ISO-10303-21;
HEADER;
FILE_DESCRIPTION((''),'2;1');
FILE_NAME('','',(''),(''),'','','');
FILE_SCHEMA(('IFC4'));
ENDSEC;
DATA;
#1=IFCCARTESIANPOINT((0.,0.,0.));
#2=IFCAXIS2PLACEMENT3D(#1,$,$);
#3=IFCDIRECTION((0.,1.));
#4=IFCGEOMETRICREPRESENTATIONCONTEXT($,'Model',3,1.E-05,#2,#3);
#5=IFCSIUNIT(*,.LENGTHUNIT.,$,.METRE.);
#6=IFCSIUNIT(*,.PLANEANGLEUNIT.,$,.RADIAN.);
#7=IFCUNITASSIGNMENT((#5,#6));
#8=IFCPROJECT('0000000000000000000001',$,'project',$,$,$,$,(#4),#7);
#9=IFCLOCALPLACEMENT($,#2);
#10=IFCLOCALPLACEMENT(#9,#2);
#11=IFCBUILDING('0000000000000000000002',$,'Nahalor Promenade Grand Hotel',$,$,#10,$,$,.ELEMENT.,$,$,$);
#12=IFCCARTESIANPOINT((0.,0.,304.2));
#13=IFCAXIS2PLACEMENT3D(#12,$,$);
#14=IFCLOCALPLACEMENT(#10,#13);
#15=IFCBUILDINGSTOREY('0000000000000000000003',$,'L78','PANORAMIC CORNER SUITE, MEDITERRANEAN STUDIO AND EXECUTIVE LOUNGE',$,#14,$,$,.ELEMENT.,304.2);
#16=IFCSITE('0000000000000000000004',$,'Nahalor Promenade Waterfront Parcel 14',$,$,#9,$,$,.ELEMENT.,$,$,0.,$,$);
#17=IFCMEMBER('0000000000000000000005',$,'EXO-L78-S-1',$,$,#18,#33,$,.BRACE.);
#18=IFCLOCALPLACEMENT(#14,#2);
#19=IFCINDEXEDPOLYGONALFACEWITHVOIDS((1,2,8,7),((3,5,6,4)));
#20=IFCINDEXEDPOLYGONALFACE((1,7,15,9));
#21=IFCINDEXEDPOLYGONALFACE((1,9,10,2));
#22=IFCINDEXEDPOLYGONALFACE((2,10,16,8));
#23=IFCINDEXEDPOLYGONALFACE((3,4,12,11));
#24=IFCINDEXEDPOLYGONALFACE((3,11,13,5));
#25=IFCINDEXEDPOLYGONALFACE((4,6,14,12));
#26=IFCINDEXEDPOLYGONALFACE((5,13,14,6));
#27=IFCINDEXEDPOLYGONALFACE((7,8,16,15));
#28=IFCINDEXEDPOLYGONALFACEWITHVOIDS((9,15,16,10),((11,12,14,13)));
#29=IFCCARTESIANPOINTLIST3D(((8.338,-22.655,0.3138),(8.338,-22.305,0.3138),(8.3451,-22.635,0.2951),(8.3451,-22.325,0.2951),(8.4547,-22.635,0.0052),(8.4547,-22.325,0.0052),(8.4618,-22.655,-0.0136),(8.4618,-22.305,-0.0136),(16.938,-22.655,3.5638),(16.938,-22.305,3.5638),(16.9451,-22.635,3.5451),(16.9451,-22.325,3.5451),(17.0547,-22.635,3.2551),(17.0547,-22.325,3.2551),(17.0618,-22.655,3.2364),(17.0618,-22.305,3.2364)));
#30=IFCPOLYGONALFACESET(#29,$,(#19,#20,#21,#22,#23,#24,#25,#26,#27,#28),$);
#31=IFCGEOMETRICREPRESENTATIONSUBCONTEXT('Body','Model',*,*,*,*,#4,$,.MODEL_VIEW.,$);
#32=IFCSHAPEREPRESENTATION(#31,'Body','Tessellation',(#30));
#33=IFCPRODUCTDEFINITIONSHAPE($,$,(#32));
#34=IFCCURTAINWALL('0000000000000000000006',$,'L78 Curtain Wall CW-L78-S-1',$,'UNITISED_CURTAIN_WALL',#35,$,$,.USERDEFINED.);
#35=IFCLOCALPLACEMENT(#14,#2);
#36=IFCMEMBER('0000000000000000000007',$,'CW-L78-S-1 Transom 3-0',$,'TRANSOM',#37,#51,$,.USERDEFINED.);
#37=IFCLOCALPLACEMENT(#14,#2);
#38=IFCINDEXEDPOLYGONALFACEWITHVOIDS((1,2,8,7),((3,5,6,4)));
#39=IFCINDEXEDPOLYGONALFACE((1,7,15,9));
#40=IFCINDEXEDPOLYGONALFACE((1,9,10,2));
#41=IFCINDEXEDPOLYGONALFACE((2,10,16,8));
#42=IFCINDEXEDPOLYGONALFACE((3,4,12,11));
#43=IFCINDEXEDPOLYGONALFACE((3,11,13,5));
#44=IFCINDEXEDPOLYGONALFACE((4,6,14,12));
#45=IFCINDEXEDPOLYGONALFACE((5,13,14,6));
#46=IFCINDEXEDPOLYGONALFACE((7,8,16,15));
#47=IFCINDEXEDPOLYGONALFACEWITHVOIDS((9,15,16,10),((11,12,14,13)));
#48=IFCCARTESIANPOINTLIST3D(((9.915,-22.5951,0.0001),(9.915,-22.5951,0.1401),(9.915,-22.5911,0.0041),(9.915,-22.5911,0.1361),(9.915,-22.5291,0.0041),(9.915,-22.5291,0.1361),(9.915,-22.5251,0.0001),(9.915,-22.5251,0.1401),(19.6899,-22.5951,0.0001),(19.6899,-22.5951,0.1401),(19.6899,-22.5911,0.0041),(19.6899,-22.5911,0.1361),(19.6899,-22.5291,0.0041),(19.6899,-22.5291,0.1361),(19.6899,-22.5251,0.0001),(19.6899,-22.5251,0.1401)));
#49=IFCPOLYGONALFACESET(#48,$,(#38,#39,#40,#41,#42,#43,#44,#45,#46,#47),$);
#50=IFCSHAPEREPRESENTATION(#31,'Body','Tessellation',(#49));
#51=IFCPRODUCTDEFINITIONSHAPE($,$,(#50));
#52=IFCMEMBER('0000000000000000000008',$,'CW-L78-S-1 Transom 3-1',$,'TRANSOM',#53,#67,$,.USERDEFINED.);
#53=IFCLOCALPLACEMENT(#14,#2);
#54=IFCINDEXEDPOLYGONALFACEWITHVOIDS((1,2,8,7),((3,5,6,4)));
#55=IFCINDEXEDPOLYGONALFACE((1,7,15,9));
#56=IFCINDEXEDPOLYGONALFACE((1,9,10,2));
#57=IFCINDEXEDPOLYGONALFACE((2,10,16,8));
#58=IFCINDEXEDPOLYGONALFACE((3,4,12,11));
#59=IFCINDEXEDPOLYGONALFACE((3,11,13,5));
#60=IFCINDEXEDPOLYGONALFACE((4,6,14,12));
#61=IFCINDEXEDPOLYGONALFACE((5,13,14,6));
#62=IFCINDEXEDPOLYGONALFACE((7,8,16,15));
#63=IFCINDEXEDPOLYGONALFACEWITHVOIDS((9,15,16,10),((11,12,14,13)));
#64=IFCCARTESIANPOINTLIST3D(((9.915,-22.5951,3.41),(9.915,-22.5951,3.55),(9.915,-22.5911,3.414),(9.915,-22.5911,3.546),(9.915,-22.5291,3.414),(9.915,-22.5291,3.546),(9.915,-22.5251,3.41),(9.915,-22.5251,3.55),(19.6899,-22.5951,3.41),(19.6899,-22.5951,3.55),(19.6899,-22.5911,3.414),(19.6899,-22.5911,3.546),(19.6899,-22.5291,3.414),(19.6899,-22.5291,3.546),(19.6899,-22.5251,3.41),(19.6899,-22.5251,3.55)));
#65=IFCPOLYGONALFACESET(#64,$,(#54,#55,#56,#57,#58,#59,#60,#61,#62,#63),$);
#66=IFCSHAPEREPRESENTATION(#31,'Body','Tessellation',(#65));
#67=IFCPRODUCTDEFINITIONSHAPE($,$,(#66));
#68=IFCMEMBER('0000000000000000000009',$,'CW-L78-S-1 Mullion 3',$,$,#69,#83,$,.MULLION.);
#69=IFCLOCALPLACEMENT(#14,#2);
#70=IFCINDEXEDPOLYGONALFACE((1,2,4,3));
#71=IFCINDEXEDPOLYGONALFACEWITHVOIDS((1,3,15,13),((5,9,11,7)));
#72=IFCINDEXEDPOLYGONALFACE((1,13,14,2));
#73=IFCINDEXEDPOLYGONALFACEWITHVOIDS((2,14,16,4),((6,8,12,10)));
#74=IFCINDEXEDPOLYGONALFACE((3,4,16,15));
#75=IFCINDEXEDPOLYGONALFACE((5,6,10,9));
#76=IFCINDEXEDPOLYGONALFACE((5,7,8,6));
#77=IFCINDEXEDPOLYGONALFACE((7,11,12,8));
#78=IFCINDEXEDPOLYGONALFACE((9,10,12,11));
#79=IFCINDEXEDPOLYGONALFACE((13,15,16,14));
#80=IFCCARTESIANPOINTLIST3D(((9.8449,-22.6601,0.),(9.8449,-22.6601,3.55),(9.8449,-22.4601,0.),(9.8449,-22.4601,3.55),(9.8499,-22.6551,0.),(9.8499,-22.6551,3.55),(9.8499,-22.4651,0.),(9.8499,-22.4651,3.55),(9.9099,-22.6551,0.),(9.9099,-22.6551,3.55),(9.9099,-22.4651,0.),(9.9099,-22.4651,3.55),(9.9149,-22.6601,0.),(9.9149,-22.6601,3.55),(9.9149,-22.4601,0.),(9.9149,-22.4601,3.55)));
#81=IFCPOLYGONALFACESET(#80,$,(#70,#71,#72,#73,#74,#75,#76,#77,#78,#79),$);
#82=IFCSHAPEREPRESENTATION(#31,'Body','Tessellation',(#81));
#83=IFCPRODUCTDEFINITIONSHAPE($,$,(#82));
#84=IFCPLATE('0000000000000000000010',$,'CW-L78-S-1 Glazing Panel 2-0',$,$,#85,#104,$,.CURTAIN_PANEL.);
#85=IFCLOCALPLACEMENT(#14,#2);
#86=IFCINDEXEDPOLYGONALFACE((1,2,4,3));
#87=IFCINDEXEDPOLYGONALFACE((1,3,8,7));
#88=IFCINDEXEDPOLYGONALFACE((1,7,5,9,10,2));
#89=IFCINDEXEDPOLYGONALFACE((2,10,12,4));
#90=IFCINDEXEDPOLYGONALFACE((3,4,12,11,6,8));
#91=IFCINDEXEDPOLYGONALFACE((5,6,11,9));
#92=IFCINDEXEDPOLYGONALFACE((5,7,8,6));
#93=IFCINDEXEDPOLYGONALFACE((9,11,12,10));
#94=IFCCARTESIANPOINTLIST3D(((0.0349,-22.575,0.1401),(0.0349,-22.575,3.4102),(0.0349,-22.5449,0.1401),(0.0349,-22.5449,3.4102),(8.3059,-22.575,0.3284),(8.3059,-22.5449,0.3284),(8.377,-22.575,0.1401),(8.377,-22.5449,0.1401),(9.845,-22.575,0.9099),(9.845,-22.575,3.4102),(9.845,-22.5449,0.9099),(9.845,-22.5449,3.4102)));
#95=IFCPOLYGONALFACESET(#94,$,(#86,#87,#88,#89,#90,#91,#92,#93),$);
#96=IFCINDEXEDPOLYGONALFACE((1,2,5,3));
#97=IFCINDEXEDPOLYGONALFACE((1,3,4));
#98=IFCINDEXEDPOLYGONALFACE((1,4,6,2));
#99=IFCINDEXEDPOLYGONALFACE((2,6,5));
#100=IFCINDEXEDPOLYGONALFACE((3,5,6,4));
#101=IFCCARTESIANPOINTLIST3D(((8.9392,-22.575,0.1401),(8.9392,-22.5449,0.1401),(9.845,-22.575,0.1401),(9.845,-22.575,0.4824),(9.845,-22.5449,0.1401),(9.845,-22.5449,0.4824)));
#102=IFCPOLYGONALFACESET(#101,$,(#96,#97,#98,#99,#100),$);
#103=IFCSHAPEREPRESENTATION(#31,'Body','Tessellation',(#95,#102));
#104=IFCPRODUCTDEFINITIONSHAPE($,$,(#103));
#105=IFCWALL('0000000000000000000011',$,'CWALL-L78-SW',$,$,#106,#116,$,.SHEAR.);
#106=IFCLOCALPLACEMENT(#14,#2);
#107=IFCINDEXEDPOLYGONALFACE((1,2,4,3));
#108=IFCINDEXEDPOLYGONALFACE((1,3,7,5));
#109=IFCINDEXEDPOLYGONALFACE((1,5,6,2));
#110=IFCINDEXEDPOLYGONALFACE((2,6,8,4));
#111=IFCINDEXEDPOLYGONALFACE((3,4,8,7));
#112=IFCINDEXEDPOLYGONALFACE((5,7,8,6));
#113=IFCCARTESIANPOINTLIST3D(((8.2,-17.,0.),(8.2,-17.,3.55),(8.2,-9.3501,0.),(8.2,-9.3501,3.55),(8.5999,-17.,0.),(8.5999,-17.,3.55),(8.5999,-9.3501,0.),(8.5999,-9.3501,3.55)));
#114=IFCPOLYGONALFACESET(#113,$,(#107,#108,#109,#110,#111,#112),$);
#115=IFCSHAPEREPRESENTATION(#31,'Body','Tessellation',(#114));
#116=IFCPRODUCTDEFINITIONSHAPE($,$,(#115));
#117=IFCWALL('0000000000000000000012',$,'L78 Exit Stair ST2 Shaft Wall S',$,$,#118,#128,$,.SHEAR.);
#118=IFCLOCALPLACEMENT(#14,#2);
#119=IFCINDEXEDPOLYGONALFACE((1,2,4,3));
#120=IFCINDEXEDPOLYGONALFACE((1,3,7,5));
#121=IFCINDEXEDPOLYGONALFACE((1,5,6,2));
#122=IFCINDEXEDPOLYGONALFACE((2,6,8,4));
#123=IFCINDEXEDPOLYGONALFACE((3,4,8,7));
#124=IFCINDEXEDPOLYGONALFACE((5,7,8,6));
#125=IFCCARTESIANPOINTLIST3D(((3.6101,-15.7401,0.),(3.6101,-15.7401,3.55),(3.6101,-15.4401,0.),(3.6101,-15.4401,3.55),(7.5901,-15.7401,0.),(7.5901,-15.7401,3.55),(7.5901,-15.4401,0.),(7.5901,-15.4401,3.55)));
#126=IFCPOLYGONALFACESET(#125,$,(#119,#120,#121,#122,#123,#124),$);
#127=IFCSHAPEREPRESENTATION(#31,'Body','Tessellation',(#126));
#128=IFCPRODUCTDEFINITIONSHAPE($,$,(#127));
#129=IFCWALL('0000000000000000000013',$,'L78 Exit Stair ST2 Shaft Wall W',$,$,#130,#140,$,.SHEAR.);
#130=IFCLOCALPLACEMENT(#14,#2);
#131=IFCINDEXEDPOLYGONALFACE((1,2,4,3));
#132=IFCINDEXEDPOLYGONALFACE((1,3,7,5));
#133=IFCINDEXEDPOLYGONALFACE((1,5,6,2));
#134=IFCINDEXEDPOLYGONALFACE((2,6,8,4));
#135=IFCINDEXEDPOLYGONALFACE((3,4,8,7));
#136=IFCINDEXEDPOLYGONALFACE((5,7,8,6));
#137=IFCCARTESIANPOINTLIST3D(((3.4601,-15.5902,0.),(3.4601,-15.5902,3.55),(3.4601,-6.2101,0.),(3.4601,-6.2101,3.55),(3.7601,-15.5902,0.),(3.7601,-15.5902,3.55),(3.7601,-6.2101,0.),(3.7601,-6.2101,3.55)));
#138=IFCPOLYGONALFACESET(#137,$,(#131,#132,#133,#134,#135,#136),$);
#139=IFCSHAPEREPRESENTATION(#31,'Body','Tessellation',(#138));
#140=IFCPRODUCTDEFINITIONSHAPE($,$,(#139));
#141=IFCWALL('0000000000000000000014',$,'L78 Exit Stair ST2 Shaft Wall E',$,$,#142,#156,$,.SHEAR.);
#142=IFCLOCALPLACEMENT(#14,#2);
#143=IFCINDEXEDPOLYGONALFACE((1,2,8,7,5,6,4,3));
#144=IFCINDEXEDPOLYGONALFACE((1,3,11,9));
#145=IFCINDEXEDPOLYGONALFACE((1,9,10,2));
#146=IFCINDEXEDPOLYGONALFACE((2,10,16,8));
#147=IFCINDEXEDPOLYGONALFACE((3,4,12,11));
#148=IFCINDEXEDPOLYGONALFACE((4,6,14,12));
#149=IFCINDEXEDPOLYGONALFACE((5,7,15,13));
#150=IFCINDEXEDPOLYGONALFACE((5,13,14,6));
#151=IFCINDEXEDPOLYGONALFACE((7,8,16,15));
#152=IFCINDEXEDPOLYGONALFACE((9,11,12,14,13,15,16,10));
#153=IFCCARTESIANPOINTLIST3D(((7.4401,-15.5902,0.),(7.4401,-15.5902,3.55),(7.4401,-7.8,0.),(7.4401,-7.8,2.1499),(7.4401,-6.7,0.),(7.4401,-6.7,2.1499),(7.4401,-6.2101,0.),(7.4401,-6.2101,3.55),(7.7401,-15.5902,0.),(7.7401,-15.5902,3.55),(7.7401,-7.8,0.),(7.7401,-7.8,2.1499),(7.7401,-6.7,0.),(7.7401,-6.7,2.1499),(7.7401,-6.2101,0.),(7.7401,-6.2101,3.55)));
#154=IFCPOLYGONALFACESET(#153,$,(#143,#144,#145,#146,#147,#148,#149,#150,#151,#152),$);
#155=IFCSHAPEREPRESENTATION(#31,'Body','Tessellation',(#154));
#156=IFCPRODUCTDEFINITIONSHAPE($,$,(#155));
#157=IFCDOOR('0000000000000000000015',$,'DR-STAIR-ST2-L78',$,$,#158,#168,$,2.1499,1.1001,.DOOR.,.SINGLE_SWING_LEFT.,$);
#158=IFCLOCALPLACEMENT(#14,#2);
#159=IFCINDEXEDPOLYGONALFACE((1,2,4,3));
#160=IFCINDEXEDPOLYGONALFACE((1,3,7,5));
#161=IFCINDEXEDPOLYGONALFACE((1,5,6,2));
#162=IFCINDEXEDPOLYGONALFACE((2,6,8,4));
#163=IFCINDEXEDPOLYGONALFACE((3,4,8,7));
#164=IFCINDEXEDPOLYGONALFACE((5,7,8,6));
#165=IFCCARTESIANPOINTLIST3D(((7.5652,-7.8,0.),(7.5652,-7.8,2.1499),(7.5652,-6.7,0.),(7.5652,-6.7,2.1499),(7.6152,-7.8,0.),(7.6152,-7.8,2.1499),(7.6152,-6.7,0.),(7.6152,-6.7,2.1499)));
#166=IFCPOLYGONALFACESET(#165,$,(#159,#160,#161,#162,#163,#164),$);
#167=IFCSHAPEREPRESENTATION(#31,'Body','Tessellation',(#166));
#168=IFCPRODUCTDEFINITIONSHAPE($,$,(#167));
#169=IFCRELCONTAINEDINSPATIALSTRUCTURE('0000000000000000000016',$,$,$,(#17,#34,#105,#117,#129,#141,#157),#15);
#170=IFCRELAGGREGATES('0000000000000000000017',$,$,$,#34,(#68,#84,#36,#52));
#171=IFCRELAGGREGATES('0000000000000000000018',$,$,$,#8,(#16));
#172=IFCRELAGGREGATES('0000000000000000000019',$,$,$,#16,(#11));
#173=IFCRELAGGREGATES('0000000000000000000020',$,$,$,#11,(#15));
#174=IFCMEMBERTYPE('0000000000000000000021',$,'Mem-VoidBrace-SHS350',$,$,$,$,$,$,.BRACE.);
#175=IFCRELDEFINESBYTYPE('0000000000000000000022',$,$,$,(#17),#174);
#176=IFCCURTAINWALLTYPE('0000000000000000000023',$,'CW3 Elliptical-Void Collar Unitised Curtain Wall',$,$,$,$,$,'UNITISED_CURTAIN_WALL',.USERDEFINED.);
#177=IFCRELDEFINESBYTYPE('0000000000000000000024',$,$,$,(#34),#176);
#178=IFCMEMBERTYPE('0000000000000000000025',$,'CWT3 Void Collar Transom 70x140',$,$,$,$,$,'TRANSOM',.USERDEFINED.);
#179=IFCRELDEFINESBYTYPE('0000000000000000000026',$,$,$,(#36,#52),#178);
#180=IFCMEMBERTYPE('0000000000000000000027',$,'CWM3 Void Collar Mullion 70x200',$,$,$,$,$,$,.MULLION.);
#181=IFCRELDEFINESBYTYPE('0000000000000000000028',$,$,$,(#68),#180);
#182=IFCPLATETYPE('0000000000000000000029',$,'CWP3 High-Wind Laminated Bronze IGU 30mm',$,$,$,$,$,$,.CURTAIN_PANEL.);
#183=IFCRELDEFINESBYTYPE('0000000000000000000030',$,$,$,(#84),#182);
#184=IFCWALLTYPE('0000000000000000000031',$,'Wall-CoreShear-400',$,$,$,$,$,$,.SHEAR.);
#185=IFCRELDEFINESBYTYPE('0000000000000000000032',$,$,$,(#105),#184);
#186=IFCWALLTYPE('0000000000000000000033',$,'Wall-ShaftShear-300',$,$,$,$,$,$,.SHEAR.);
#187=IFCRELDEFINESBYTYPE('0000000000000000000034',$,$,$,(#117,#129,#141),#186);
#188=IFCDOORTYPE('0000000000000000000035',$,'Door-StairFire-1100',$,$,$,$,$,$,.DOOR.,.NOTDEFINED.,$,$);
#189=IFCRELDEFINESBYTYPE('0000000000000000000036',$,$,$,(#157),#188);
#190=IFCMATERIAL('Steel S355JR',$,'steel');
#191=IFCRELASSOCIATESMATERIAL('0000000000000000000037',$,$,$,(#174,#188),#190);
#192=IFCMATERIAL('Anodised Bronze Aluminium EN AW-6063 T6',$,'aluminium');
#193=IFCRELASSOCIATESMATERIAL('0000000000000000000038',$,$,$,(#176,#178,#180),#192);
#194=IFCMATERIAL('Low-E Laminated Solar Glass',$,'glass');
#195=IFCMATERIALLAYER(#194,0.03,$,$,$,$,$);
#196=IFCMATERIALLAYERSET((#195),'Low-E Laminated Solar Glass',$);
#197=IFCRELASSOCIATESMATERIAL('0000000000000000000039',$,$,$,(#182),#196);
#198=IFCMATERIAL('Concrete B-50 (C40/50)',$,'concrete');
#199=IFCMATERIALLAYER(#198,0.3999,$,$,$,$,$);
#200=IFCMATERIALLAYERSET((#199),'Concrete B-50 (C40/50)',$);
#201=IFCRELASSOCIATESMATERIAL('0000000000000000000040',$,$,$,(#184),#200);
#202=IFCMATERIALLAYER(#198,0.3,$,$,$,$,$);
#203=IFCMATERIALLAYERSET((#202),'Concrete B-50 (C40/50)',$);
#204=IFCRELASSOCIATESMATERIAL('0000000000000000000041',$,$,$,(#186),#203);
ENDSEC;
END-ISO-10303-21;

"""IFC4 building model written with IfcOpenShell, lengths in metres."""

from ifc_helpers import new_model, si_unit, direction, frame, frame_2d, origin, origin_2d, place, context, subcontext, project, spatial, polyline, rectangle, hollow_rectangle, outline, extrude, source, transform, mapped, material, layer, layer_set, material_profile, profile_set, type_object, element, fill, aggregate, save


model = new_model("IFC4")

# Units and contexts
model_context = context("Model", 3, precision=1e-05, world=origin(), true_north=direction((0.0, 1.0)))
body_context = subcontext(model_context, "Body", "Model", "MODEL_VIEW")
ifc_project = project(units=[si_unit("LENGTHUNIT", "METRE"), si_unit("PLANEANGLEUNIT", "RADIAN")], contexts=[model_context])

# Site, building, storey
site_placement = place(None, origin())
site = spatial("IfcSite", under=ifc_project, at=site_placement, Name="Nahalor Promenade Waterfront Parcel 14", CompositionType="ELEMENT", RefElevation=0.0)
building_placement = place(site_placement, origin())
building = spatial("IfcBuilding", under=site, at=building_placement, Name="Nahalor Promenade Grand Hotel", CompositionType="ELEMENT")
storey_placement = place(building_placement, frame((0.0, 0.0, 304.2)))
storey = spatial("IfcBuildingStorey", under=building, at=storey_placement, Name="L78", Description="PANORAMIC CORNER SUITE, MEDITERRANEAN STUDIO AND EXECUTIVE LOUNGE", CompositionType="ELEMENT", Elevation=304.2)

# Shared definitions
ifc_material_1 = material(Name="Concrete B-50 (C40/50)", Category="concrete")
ifc_material_2 = material(Name="Steel S355JR", Category="steel")

# Member
ifc_material_profile_1 = material_profile(ifc_material_2, hollow_rectangle(XDim=0.35, YDim=0.35, WallThickness=0.02, at=origin_2d()), Name="SHS 350x350x20")
ifc_profile_set_1 = profile_set([ifc_material_profile_1], Name="Steel S355JR")
member_type_1 = type_object("IfcMemberType", Name="Mem-VoidBrace-SHS350", PredefinedType="BRACE", material=ifc_profile_set_1)
shared_shape_1 = source(origin(), body_context, "Body", "SweptSolid", [
    extrude(hollow_rectangle(XDim=0.35, YDim=0.35, WallThickness=0.02, at=origin_2d()), origin(), (0.0, 0.0, 1.0), 9.1936),
])
member_1_placement = place(storey_placement, frame((8.3999, -22.48, 0.1501), z_axis=(0.935433, 0.0, 0.353503), x_axis=(0.0, 1.0, 0.0)))
element("IfcMember", 1, at=member_1_placement, inside=storey, type_object=member_type_1, Name="EXO-L78-S-1", PredefinedType="BRACE", context=body_context, shape_type="MappedRepresentation", body=[
    mapped(shared_shape_1, transform((0.0, 0.0, 0.0), scale=1.0)),
])

# Curtain wall, members, plate
ifc_material_3 = material(Name="Anodised Bronze Aluminium EN AW-6063 T6", Category="aluminium")
curtain_wall_type = type_object("IfcCurtainWallType", Name="CW3 Elliptical-Void Collar Unitised Curtain Wall", ElementType="UNITISED_CURTAIN_WALL", PredefinedType="USERDEFINED", material=ifc_material_3)
curtain_wall_placement = place(storey_placement, origin())
curtain_wall = element("IfcCurtainWall", 2, at=curtain_wall_placement, inside=storey, type_object=curtain_wall_type, Name="L78 Curtain Wall CW-L78-S-1", ObjectType="UNITISED_CURTAIN_WALL", PredefinedType="USERDEFINED")
ifc_material_profile_2 = material_profile(ifc_material_3, hollow_rectangle(XDim=0.07, YDim=0.14, WallThickness=0.004, at=origin_2d()), Name="CWT 70x140x4")
ifc_profile_set_2 = profile_set([ifc_material_profile_2], Name="Anodised Bronze Aluminium EN AW-6063 T6")
member_type_2 = type_object("IfcMemberType", Name="CWT3 Void Collar Transom 70x140", ElementType="TRANSOM", PredefinedType="USERDEFINED", material=ifc_profile_set_2)
shared_shape_2 = source(origin(), body_context, "Body", "SweptSolid", [
    extrude(hollow_rectangle(XDim=0.07, YDim=0.14, WallThickness=0.004, at=origin_2d()), origin(), (0.0, 0.0, 1.0), 9.7749),
])
member_2_placement = place(storey_placement, frame((9.915, -22.5601, 0.0701), z_axis=(1.0, 0.0, 0.0), x_axis=(0.0, 1.0, 0.0)))
member_2 = element("IfcMember", 3, at=member_2_placement, type_object=member_type_2, Name="CW-L78-S-1 Transom 3-0", ObjectType="TRANSOM", PredefinedType="USERDEFINED", context=body_context, shape_type="MappedRepresentation", body=[
    mapped(shared_shape_2, transform((0.0, 0.0, 0.0), scale=1.0)),
])
member_3_placement = place(storey_placement, frame((9.915, -22.5601, 3.48), z_axis=(1.0, 0.0, 0.0), x_axis=(0.0, 1.0, 0.0)))
member_3 = element("IfcMember", 4, at=member_3_placement, type_object=member_type_2, Name="CW-L78-S-1 Transom 3-1", ObjectType="TRANSOM", PredefinedType="USERDEFINED", context=body_context, shape_type="MappedRepresentation", body=[
    mapped(shared_shape_2, transform((0.0, 0.0, 0.0), scale=1.0)),
])
ifc_material_profile_3 = material_profile(ifc_material_3, hollow_rectangle(XDim=0.07, YDim=0.2, WallThickness=0.005, at=origin_2d()), Name="CWM 70x200x5")
ifc_profile_set_3 = profile_set([ifc_material_profile_3], Name="Anodised Bronze Aluminium EN AW-6063 T6")
member_type_3 = type_object("IfcMemberType", Name="CWM3 Void Collar Mullion 70x200", PredefinedType="MULLION", material=ifc_profile_set_3)
shared_shape_3 = source(origin(), body_context, "Body", "SweptSolid", [
    extrude(hollow_rectangle(XDim=0.07, YDim=0.2, WallThickness=0.005, at=origin_2d()), origin(), (0.0, 0.0, 1.0), 3.55),
])
member_4_placement = place(storey_placement, frame((9.8799, -22.5601, 0.0), z_axis=(0.0, 0.0, 1.0), x_axis=(1.0, 0.0, 0.0)))
member_4 = element("IfcMember", 5, at=member_4_placement, type_object=member_type_3, Name="CW-L78-S-1 Mullion 3", PredefinedType="MULLION", context=body_context, shape_type="MappedRepresentation", body=[
    mapped(shared_shape_3, transform((0.0, 0.0, 0.0), scale=1.0)),
])
ifc_material_4 = material(Name="Low-E Laminated Solar Glass", Category="glass")
ifc_layer_1 = layer(ifc_material_4, 0.03)
ifc_layer_set_1 = layer_set([ifc_layer_1], Name="Low-E Laminated Solar Glass")
plate_type = type_object("IfcPlateType", Name="CWP3 High-Wind Laminated Bronze IGU 30mm", PredefinedType="CURTAIN_PANEL", material=ifc_layer_set_1)
plate_placement = place(storey_placement, frame((4.9399, -22.5601, 0.1401), z_axis=(0.0, 0.0, 1.0), x_axis=(1.0, 0.0, 0.0)))
plate = element("IfcPlate", 6, at=plate_placement, type_object=plate_type, Name="CW-L78-S-1 Glazing Panel 2-0", PredefinedType="CURTAIN_PANEL", context=body_context, shape_type="SweptSolid", body=[
    extrude(outline(polyline([(-4.905, 3.27), (-4.905, 0.0), (3.437, 0.0), (3.366, 0.1882), (4.905, 0.7698), (4.905, 3.27), (-4.905, 3.27)])), frame((0.0, 0.0151, 0.0), z_axis=(0.0, -1.0, 0.0), x_axis=(1.0, 0.0, 0.0)), (0.0, 0.0, 1.0), 0.03),
    extrude(outline(polyline([(3.9993, 0.0), (4.905, 0.0), (4.905, 0.3423), (3.9993, 0.0)])), frame((0.0, 0.0151, 0.0), z_axis=(0.0, -1.0, 0.0), x_axis=(1.0, 0.0, 0.0)), (0.0, 0.0, 1.0), 0.03),
])
aggregate(curtain_wall, [member_4, plate, member_2, member_3])

# Walls
ifc_layer_2 = layer(ifc_material_1, 0.3999)
ifc_layer_set_2 = layer_set([ifc_layer_2], Name="Concrete B-50 (C40/50)")
wall_type_1 = type_object("IfcWallType", Name="Wall-CoreShear-400", PredefinedType="SHEAR", material=ifc_layer_set_2)
shared_shape_4 = source(origin(), body_context, "Body", "SweptSolid", [
    extrude(rectangle(XDim=7.6499, YDim=0.3999, at=frame_2d((3.825, 0.0))), origin(), (0.0, 0.0, 1.0), 3.55),
])
wall_1_placement = place(storey_placement, frame((8.3999, -17.0, 0.0), z_axis=(0.0, 0.0, 1.0), x_axis=(0.0, 1.0, 0.0)))
element("IfcWall", 7, at=wall_1_placement, inside=storey, type_object=wall_type_1, Name="CWALL-L78-SW", PredefinedType="SHEAR", context=body_context, shape_type="MappedRepresentation", body=[
    mapped(shared_shape_4, transform((0.0, 0.0, 0.0), scale=1.0)),
])
ifc_layer_3 = layer(ifc_material_1, 0.3)
ifc_layer_set_3 = layer_set([ifc_layer_3], Name="Concrete B-50 (C40/50)")
wall_type_2 = type_object("IfcWallType", Name="Wall-ShaftShear-300", PredefinedType="SHEAR", material=ifc_layer_set_3)
shared_shape_5 = source(origin(), body_context, "Body", "SweptSolid", [
    extrude(rectangle(XDim=3.98, YDim=0.3, at=frame_2d((1.99, 0.0))), origin(), (0.0, 0.0, 1.0), 3.55),
])
wall_2_placement = place(storey_placement, frame((3.6101, -15.5901, 0.0), z_axis=(0.0, 0.0, 1.0), x_axis=(1.0, 0.0, 0.0)))
element("IfcWall", 8, at=wall_2_placement, inside=storey, type_object=wall_type_2, Name="L78 Exit Stair ST2 Shaft Wall S", PredefinedType="SHEAR", context=body_context, shape_type="MappedRepresentation", body=[
    mapped(shared_shape_5, transform((0.0, 0.0, 0.0), scale=1.0)),
])
shared_shape_6 = source(origin(), body_context, "Body", "SweptSolid", [
    extrude(rectangle(XDim=9.3801, YDim=0.3, at=frame_2d((4.6899, 0.0))), origin(), (0.0, 0.0, 1.0), 3.55),
])
wall_3_placement = place(storey_placement, frame((3.6101, -15.5901, 0.0), z_axis=(0.0, 0.0, 1.0), x_axis=(0.0, 1.0, 0.0)))
element("IfcWall", 9, at=wall_3_placement, inside=storey, type_object=wall_type_2, Name="L78 Exit Stair ST2 Shaft Wall W", PredefinedType="SHEAR", context=body_context, shape_type="MappedRepresentation", body=[
    mapped(shared_shape_6, transform((0.0, 0.0, 0.0), scale=1.0)),
])

# Wall, opening, door
wall_4_placement = place(storey_placement, frame((7.5901, -15.5901, 0.0), z_axis=(0.0, 0.0, 1.0), x_axis=(0.0, 1.0, 0.0)))
wall_4 = element("IfcWall", 10, at=wall_4_placement, inside=storey, type_object=wall_type_2, Name="L78 Exit Stair ST2 Shaft Wall E", PredefinedType="SHEAR", context=body_context, shape_type="MappedRepresentation", body=[
    mapped(shared_shape_6, transform((0.0, 0.0, 0.0), scale=1.0)),
])
opening_1_placement = place(wall_4_placement, frame((7.79, 0.0, 0.0)))
opening_1 = element("IfcOpeningElement", 11, at=opening_1_placement, cuts=wall_4, PredefinedType="OPENING", context=body_context, shape_type="SweptSolid", body=[
    extrude(rectangle(XDim=1.1001, YDim=2.1499, at=frame_2d((0.55, 1.075))), frame((0.0, 0.1599, 0.0), z_axis=(0.0, -1.0, 0.0), x_axis=(1.0, 0.0, 0.0)), (0.0, 0.0, 1.0), 0.3201),
])
door_type_1 = type_object("IfcDoorType", Name="Door-StairFire-1100", OperationType="NOTDEFINED", PredefinedType="DOOR", material=ifc_material_2)
shared_shape_7 = source(origin(), body_context, "Body", "SweptSolid", [
    extrude(rectangle(XDim=1.1001, YDim=2.1499, at=frame_2d((0.55, 1.075))), frame((0.0, 0.0249, 0.0), z_axis=(0.0, -1.0, 0.0), x_axis=(1.0, 0.0, 0.0)), (0.0, 0.0, 1.0), 0.05),
])
door_1_placement = place(opening_1_placement, origin())
door_1 = element("IfcDoor", 12, at=door_1_placement, inside=storey, type_object=door_type_1, Name="DR-STAIR-ST2-L78", OperationType="SINGLE_SWING_LEFT", OverallHeight=2.1499, OverallWidth=1.1001, PredefinedType="DOOR", context=body_context, shape_type="MappedRepresentation", body=[
    mapped(shared_shape_7, transform((0.0, 0.0, 0.0), scale=1.0)),
])
fill(opening_1, door_1)

save(model, "model.ifc")
